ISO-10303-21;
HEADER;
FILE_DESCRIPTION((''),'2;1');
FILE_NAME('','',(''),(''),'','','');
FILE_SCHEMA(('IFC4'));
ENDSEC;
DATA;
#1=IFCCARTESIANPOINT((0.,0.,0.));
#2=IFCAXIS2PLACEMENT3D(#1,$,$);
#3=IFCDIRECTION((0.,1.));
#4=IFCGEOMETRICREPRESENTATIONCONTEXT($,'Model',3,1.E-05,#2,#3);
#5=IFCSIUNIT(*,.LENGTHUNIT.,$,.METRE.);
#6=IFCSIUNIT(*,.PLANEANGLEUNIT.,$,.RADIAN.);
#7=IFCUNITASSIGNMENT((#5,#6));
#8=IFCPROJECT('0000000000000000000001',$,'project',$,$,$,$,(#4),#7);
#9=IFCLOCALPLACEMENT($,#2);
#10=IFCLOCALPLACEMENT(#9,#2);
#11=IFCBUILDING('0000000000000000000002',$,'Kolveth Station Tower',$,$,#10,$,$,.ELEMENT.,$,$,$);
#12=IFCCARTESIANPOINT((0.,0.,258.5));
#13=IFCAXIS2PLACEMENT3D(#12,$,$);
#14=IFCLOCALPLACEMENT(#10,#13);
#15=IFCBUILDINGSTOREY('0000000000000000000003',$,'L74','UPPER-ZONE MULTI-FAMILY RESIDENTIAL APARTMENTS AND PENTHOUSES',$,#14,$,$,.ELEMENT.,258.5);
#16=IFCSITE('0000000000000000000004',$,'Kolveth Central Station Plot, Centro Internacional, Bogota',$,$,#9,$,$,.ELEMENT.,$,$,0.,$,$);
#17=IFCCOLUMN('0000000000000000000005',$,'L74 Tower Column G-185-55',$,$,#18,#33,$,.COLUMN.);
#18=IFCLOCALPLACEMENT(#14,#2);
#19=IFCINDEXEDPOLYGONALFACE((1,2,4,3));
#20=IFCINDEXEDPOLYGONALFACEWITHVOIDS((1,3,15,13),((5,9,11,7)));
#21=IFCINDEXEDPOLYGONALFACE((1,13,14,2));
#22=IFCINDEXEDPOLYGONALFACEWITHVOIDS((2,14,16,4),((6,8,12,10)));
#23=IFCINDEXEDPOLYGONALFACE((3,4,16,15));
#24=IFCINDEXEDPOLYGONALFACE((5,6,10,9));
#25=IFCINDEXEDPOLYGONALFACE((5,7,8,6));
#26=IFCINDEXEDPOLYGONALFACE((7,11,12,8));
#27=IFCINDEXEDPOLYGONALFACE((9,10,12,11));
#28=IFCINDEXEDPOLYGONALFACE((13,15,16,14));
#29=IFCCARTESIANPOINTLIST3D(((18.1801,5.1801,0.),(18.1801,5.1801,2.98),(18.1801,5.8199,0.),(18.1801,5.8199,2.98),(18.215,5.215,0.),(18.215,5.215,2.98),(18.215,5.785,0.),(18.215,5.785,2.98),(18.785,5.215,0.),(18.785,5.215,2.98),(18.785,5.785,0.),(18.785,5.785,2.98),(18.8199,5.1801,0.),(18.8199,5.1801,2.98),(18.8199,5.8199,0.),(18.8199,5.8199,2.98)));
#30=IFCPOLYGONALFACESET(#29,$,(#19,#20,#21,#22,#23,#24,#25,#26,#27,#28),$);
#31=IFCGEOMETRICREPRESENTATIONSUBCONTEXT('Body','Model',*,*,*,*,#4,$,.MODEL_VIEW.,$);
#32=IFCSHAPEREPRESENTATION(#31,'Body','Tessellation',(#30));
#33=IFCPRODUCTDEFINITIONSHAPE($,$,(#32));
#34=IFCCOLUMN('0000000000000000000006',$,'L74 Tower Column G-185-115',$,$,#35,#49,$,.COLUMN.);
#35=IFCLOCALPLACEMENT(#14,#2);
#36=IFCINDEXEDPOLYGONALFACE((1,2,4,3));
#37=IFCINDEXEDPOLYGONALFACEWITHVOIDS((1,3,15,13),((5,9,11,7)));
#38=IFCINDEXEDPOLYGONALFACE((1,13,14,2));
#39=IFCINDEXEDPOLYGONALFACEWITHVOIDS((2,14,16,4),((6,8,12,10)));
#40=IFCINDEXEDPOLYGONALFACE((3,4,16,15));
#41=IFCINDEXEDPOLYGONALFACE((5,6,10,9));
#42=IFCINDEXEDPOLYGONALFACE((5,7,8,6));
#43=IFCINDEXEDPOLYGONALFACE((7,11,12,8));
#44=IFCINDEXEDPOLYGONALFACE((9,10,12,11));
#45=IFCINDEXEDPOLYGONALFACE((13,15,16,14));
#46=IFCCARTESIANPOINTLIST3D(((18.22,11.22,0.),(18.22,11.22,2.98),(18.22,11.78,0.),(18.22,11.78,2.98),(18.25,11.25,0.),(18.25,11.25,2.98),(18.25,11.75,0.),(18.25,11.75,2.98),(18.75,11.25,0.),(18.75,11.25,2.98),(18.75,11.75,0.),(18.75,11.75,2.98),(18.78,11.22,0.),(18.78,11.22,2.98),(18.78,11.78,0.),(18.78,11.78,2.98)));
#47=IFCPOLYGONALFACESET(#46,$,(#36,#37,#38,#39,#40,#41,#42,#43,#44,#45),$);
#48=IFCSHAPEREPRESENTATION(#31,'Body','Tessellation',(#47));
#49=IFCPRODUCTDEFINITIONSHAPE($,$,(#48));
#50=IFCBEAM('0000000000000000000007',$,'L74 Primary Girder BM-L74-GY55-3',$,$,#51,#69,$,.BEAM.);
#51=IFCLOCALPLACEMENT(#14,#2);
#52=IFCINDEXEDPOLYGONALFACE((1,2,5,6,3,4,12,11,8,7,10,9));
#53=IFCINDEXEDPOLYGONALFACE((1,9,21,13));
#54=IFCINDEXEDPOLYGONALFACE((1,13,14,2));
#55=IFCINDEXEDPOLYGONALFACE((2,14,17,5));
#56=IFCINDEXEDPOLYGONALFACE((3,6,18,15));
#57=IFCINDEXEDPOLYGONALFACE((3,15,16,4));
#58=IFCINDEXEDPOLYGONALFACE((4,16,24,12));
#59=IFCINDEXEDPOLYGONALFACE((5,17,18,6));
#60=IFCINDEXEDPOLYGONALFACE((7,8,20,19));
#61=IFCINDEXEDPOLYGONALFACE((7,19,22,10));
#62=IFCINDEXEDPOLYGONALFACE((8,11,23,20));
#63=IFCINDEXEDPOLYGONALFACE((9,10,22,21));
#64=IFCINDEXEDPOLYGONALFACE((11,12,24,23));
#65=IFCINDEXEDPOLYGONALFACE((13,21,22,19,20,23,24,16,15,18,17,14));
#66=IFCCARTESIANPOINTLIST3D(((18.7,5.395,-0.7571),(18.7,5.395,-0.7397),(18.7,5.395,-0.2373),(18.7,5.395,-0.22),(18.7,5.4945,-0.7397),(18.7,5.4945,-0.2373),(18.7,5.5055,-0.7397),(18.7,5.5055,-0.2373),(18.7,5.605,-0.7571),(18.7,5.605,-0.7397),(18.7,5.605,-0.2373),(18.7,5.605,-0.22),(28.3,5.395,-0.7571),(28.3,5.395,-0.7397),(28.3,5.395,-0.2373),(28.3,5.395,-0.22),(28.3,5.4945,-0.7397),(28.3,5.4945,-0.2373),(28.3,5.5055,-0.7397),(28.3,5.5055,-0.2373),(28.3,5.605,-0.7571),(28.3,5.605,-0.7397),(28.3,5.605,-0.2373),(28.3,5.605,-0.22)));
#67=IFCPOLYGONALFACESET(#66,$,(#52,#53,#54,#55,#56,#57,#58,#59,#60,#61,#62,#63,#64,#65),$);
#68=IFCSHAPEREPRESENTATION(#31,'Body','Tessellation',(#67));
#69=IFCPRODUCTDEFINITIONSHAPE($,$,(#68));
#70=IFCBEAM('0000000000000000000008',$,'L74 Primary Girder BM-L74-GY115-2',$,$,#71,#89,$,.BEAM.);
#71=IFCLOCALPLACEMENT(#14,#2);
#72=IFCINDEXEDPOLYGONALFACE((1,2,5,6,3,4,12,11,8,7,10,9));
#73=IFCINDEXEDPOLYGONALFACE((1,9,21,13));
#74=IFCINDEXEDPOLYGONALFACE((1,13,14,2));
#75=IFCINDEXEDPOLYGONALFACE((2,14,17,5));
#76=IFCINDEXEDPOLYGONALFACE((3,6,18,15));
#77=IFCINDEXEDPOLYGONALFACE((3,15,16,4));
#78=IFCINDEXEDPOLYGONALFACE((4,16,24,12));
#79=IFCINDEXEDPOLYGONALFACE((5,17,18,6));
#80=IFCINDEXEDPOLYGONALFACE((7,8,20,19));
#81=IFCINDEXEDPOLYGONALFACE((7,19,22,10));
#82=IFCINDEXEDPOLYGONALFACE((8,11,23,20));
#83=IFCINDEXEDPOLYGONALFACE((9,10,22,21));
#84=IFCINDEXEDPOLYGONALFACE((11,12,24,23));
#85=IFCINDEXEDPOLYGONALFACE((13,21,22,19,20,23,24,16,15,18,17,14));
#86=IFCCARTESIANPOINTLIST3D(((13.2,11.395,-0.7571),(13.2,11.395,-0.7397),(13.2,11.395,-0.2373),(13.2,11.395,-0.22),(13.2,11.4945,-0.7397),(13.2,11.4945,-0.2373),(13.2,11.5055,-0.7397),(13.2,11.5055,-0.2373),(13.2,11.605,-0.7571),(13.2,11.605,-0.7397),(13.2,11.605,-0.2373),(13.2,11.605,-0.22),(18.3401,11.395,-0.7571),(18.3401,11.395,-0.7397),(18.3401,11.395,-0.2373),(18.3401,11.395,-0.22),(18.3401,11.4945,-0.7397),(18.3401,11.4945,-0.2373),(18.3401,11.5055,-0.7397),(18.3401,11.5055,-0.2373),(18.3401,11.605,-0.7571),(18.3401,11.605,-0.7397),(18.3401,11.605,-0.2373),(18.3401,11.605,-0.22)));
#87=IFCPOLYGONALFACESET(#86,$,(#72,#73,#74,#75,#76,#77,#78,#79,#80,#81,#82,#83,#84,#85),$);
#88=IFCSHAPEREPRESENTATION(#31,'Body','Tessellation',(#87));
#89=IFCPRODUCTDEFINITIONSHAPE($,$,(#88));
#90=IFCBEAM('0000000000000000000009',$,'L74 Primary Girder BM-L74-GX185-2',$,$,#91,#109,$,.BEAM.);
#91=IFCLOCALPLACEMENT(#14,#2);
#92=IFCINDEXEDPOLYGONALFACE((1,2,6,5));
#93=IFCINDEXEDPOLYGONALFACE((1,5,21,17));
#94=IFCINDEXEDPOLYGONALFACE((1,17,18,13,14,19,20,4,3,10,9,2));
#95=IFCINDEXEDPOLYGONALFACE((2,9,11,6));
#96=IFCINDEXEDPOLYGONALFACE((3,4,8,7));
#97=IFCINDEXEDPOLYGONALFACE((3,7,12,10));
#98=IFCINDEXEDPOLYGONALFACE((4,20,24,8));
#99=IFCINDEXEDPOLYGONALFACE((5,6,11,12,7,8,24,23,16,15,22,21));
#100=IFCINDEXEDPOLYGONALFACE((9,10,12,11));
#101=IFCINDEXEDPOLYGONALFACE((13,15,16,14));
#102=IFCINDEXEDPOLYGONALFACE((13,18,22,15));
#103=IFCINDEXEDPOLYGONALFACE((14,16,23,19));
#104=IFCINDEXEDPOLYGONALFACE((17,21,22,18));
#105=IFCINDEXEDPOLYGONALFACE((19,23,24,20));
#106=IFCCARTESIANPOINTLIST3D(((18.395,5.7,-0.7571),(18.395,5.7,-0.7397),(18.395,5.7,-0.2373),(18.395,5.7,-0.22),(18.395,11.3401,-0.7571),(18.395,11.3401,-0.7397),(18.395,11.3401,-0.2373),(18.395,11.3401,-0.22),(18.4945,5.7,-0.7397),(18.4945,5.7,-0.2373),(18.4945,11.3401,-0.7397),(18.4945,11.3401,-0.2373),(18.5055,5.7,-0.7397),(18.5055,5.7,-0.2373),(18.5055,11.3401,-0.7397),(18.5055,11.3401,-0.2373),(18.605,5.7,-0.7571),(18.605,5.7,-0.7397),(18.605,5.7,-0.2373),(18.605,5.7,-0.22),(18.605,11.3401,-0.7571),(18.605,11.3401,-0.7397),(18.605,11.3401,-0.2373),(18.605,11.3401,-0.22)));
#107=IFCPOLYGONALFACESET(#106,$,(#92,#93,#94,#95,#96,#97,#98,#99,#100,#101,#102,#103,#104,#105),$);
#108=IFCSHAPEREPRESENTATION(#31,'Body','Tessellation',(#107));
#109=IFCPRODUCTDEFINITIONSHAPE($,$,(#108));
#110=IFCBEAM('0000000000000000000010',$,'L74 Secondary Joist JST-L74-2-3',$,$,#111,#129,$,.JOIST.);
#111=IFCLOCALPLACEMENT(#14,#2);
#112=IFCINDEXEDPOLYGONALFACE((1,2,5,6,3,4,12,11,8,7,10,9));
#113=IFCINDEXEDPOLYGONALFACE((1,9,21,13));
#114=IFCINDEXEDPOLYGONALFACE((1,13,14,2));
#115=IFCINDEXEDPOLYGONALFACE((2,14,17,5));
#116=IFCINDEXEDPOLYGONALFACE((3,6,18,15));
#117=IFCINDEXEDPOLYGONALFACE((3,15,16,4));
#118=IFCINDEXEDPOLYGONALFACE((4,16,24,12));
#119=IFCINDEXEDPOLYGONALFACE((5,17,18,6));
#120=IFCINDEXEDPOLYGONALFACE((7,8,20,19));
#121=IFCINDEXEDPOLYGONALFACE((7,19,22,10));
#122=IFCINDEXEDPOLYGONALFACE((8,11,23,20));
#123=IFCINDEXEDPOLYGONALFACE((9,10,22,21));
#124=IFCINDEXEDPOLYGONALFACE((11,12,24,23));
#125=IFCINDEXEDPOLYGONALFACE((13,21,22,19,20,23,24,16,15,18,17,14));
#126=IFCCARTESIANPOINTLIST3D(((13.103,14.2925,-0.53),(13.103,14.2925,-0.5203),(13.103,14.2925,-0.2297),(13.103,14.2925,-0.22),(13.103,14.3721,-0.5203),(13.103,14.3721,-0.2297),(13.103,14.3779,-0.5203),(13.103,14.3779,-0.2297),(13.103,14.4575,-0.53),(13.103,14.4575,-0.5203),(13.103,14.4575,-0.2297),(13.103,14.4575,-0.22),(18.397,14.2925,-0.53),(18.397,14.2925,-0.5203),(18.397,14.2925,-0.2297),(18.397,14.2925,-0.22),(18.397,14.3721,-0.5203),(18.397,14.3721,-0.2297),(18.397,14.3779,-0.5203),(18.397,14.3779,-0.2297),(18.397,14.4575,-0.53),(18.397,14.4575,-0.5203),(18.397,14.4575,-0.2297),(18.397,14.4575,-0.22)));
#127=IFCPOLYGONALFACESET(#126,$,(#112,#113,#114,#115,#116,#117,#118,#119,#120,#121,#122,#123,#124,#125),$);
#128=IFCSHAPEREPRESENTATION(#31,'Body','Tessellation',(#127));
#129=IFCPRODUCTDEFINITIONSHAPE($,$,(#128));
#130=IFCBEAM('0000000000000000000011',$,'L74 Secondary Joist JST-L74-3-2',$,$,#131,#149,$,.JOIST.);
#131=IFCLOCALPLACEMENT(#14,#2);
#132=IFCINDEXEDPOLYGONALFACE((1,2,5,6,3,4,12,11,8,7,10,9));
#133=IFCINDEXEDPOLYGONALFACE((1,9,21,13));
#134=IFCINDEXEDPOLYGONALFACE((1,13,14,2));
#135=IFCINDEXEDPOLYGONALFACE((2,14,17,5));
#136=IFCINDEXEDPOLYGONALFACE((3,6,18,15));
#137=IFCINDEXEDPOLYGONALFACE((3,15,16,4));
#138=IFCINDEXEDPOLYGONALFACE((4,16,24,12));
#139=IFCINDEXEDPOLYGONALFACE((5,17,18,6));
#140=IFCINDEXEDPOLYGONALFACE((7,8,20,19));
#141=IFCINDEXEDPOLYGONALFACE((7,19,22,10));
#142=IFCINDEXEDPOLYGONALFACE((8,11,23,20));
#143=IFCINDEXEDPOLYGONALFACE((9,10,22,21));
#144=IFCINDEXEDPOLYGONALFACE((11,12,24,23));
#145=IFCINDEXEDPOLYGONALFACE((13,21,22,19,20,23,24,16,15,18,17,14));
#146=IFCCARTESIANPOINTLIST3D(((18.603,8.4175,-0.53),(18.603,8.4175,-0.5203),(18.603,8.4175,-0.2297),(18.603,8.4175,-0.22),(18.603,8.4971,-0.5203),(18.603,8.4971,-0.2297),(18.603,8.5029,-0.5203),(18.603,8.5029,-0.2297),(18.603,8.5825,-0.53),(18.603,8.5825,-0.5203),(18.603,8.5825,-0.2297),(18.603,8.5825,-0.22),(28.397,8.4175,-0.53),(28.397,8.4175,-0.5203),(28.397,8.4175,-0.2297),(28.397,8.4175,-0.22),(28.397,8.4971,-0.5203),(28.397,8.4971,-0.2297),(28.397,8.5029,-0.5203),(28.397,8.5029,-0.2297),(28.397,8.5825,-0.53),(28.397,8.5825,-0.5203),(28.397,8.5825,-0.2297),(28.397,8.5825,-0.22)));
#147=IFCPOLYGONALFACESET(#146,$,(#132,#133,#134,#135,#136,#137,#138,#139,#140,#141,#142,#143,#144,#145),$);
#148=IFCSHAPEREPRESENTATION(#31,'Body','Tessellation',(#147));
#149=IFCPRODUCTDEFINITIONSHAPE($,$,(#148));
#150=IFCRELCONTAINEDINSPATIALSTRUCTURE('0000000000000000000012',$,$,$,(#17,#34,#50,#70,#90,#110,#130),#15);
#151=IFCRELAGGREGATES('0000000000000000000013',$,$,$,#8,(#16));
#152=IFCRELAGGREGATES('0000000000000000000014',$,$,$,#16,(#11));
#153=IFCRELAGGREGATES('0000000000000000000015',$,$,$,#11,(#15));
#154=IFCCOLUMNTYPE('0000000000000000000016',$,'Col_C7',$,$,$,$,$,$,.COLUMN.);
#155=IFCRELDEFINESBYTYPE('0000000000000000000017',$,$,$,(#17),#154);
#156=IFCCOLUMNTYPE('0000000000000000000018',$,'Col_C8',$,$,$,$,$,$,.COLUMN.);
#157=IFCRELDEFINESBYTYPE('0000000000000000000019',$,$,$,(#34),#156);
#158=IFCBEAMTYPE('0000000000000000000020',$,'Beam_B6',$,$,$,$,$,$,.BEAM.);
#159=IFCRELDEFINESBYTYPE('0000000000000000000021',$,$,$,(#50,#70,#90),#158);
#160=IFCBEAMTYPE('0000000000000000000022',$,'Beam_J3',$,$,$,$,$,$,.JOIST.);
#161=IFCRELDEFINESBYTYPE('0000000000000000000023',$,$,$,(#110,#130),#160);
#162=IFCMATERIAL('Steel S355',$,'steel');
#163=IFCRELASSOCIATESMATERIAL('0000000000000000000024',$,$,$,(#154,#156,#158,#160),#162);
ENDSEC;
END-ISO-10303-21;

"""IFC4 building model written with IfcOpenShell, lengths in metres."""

from ifc_helpers import new_model, si_unit, direction, frame, origin, origin_2d, place, context, subcontext, project, spatial, hollow_rectangle, i_section, extrude, source, transform, mapped, material, material_profile, profile_set, type_object, element, save


model = new_model("IFC4")

# Units and contexts
model_context = context("Model", 3, precision=1e-05, world=origin(), true_north=direction((0.0, 1.0)))
body_context = subcontext(model_context, "Body", "Model", "MODEL_VIEW")
ifc_project = project(units=[si_unit("LENGTHUNIT", "METRE"), si_unit("PLANEANGLEUNIT", "RADIAN")], contexts=[model_context])

# Site, building, storey
site_placement = place(None, origin())
site = spatial("IfcSite", under=ifc_project, at=site_placement, Name="Kolveth Central Station Plot, Centro Internacional, Bogota", CompositionType="ELEMENT", RefElevation=0.0)
building_placement = place(site_placement, origin())
building = spatial("IfcBuilding", under=site, at=building_placement, Name="Kolveth Station Tower", CompositionType="ELEMENT")
storey_placement = place(building_placement, frame((0.0, 0.0, 258.5)))
storey = spatial("IfcBuildingStorey", under=building, at=storey_placement, Name="L74", Description="UPPER-ZONE MULTI-FAMILY RESIDENTIAL APARTMENTS AND PENTHOUSES", CompositionType="ELEMENT", Elevation=258.5)

# Columns
ifc_material_1 = material(Name="Steel S355", Category="steel")
ifc_material_profile_1 = material_profile(ifc_material_1, hollow_rectangle(XDim=0.6399, YDim=0.6399, WallThickness=0.0349, at=origin_2d()), Name="BOX640x640x35")
ifc_profile_set_1 = profile_set([ifc_material_profile_1], Name="Steel S355")
column_type_1 = type_object("IfcColumnType", Name="Col_C7", PredefinedType="COLUMN", material=ifc_profile_set_1)
shared_shape_1 = source(origin(), body_context, "Body", "SweptSolid", [
    extrude(hollow_rectangle(XDim=0.6399, YDim=0.6399, WallThickness=0.0349, at=origin_2d()), origin(), (0.0, 0.0, 1.0), 2.98),
])
column_1_placement = place(storey_placement, frame((18.5, 5.5, 0.0), z_axis=(0.0, 0.0, 1.0), x_axis=(1.0, 0.0, 0.0)))
element("IfcColumn", 1, at=column_1_placement, inside=storey, type_object=column_type_1, Name="L74 Tower Column G-185-55", PredefinedType="COLUMN", context=body_context, shape_type="MappedRepresentation", body=[
    mapped(shared_shape_1, transform((0.0, 0.0, 0.0), x_axis=(1.0, 0.0, 0.0), y_axis=(0.0, 1.0, 0.0), z_axis=(0.0, 0.0, 1.0), scale=1.0)),
])
ifc_material_profile_2 = material_profile(ifc_material_1, hollow_rectangle(XDim=0.5601, YDim=0.5601, WallThickness=0.03, at=origin_2d()), Name="BOX560x560x30")
ifc_profile_set_2 = profile_set([ifc_material_profile_2], Name="Steel S355")
column_type_2 = type_object("IfcColumnType", Name="Col_C8", PredefinedType="COLUMN", material=ifc_profile_set_2)
shared_shape_2 = source(origin(), body_context, "Body", "SweptSolid", [
    extrude(hollow_rectangle(XDim=0.5601, YDim=0.5601, WallThickness=0.03, at=origin_2d()), origin(), (0.0, 0.0, 1.0), 2.98),
])
column_2_placement = place(storey_placement, frame((18.5, 11.5, 0.0), z_axis=(0.0, 0.0, 1.0), x_axis=(1.0, 0.0, 0.0)))
element("IfcColumn", 2, at=column_2_placement, inside=storey, type_object=column_type_2, Name="L74 Tower Column G-185-115", PredefinedType="COLUMN", context=body_context, shape_type="MappedRepresentation", body=[
    mapped(shared_shape_2, transform((0.0, 0.0, 0.0), x_axis=(1.0, 0.0, 0.0), y_axis=(0.0, 1.0, 0.0), z_axis=(0.0, 0.0, 1.0), scale=1.0)),
])

# Beams
ifc_material_profile_3 = material_profile(ifc_material_1, i_section(OverallWidth=0.21, OverallDepth=0.5371, WebThickness=0.011, FlangeThickness=0.0173, at=origin_2d()), Name="W530x101")
ifc_profile_set_3 = profile_set([ifc_material_profile_3], Name="Steel S355")
beam_type_1 = type_object("IfcBeamType", Name="Beam_B6", PredefinedType="BEAM", material=ifc_profile_set_3)
shared_shape_3 = source(origin(), body_context, "Body", "SweptSolid", [
    extrude(i_section(OverallWidth=0.21, OverallDepth=0.5371, WebThickness=0.011, FlangeThickness=0.0173, at=origin_2d()), origin(), (0.0, 0.0, 1.0), 9.6001),
])
beam_1_placement = place(storey_placement, frame((18.7, 5.5, -0.4885), z_axis=(1.0, 0.0, 0.0), x_axis=(0.0, 1.0, 0.0)))
element("IfcBeam", 3, at=beam_1_placement, inside=storey, type_object=beam_type_1, Name="L74 Primary Girder BM-L74-GY55-3", PredefinedType="BEAM", context=body_context, shape_type="MappedRepresentation", body=[
    mapped(shared_shape_3, transform((0.0, 0.0, 0.0), x_axis=(1.0, 0.0, 0.0), y_axis=(0.0, 1.0, 0.0), z_axis=(0.0, 0.0, 1.0), scale=1.0)),
])
shared_shape_4 = source(origin(), body_context, "Body", "SweptSolid", [
    extrude(i_section(OverallWidth=0.21, OverallDepth=0.5371, WebThickness=0.011, FlangeThickness=0.0173, at=origin_2d()), origin(), (0.0, 0.0, 1.0), 5.1401),
])
beam_2_placement = place(storey_placement, frame((13.2, 11.5, -0.4885), z_axis=(1.0, 0.0, 0.0), x_axis=(0.0, 1.0, 0.0)))
element("IfcBeam", 4, at=beam_2_placement, inside=storey, type_object=beam_type_1, Name="L74 Primary Girder BM-L74-GY115-2", PredefinedType="BEAM", context=body_context, shape_type="MappedRepresentation", body=[
    mapped(shared_shape_4, transform((0.0, 0.0, 0.0), x_axis=(1.0, 0.0, 0.0), y_axis=(0.0, 1.0, 0.0), z_axis=(0.0, 0.0, 1.0), scale=1.0)),
])
shared_shape_5 = source(origin(), body_context, "Body", "SweptSolid", [
    extrude(i_section(OverallWidth=0.21, OverallDepth=0.5371, WebThickness=0.011, FlangeThickness=0.0173, at=origin_2d()), origin(), (0.0, 0.0, 1.0), 5.6401),
])
beam_3_placement = place(storey_placement, frame((18.5, 5.7, -0.4885), z_axis=(0.0, 1.0, 0.0), x_axis=(-1.0, 0.0, 0.0)))
element("IfcBeam", 5, at=beam_3_placement, inside=storey, type_object=beam_type_1, Name="L74 Primary Girder BM-L74-GX185-2", PredefinedType="BEAM", context=body_context, shape_type="MappedRepresentation", body=[
    mapped(shared_shape_5, transform((0.0, 0.0, 0.0), x_axis=(1.0, 0.0, 0.0), y_axis=(0.0, 1.0, 0.0), z_axis=(0.0, 0.0, 1.0), scale=1.0)),
])
ifc_material_profile_4 = material_profile(ifc_material_1, i_section(OverallWidth=0.165, OverallDepth=0.3101, WebThickness=0.0059, FlangeThickness=0.0098, at=origin_2d()), Name="W310x39")
ifc_profile_set_4 = profile_set([ifc_material_profile_4], Name="Steel S355")
beam_type_2 = type_object("IfcBeamType", Name="Beam_J3", PredefinedType="JOIST", material=ifc_profile_set_4)
shared_shape_6 = source(origin(), body_context, "Body", "SweptSolid", [
    extrude(i_section(OverallWidth=0.165, OverallDepth=0.3101, WebThickness=0.0059, FlangeThickness=0.0098, at=origin_2d()), origin(), (0.0, 0.0, 1.0), 5.2939),
])
beam_4_placement = place(storey_placement, frame((13.103, 14.375, -0.375), z_axis=(1.0, 0.0, 0.0), x_axis=(0.0, 1.0, 0.0)))
element("IfcBeam", 6, at=beam_4_placement, inside=storey, type_object=beam_type_2, Name="L74 Secondary Joist JST-L74-2-3", PredefinedType="JOIST", context=body_context, shape_type="MappedRepresentation", body=[
    mapped(shared_shape_6, transform((0.0, 0.0, 0.0), x_axis=(1.0, 0.0, 0.0), y_axis=(0.0, 1.0, 0.0), z_axis=(0.0, 0.0, 1.0), scale=1.0)),
])
shared_shape_7 = source(origin(), body_context, "Body", "SweptSolid", [
    extrude(i_section(OverallWidth=0.165, OverallDepth=0.3101, WebThickness=0.0059, FlangeThickness=0.0098, at=origin_2d()), origin(), (0.0, 0.0, 1.0), 9.7939),
])
beam_5_placement = place(storey_placement, frame((18.603, 8.5, -0.375), z_axis=(1.0, 0.0, 0.0), x_axis=(0.0, 1.0, 0.0)))
element("IfcBeam", 7, at=beam_5_placement, inside=storey, type_object=beam_type_2, Name="L74 Secondary Joist JST-L74-3-2", PredefinedType="JOIST", context=body_context, shape_type="MappedRepresentation", body=[
    mapped(shared_shape_7, transform((0.0, 0.0, 0.0), x_axis=(1.0, 0.0, 0.0), y_axis=(0.0, 1.0, 0.0), z_axis=(0.0, 0.0, 1.0), scale=1.0)),
])

save(model, "model.ifc")
